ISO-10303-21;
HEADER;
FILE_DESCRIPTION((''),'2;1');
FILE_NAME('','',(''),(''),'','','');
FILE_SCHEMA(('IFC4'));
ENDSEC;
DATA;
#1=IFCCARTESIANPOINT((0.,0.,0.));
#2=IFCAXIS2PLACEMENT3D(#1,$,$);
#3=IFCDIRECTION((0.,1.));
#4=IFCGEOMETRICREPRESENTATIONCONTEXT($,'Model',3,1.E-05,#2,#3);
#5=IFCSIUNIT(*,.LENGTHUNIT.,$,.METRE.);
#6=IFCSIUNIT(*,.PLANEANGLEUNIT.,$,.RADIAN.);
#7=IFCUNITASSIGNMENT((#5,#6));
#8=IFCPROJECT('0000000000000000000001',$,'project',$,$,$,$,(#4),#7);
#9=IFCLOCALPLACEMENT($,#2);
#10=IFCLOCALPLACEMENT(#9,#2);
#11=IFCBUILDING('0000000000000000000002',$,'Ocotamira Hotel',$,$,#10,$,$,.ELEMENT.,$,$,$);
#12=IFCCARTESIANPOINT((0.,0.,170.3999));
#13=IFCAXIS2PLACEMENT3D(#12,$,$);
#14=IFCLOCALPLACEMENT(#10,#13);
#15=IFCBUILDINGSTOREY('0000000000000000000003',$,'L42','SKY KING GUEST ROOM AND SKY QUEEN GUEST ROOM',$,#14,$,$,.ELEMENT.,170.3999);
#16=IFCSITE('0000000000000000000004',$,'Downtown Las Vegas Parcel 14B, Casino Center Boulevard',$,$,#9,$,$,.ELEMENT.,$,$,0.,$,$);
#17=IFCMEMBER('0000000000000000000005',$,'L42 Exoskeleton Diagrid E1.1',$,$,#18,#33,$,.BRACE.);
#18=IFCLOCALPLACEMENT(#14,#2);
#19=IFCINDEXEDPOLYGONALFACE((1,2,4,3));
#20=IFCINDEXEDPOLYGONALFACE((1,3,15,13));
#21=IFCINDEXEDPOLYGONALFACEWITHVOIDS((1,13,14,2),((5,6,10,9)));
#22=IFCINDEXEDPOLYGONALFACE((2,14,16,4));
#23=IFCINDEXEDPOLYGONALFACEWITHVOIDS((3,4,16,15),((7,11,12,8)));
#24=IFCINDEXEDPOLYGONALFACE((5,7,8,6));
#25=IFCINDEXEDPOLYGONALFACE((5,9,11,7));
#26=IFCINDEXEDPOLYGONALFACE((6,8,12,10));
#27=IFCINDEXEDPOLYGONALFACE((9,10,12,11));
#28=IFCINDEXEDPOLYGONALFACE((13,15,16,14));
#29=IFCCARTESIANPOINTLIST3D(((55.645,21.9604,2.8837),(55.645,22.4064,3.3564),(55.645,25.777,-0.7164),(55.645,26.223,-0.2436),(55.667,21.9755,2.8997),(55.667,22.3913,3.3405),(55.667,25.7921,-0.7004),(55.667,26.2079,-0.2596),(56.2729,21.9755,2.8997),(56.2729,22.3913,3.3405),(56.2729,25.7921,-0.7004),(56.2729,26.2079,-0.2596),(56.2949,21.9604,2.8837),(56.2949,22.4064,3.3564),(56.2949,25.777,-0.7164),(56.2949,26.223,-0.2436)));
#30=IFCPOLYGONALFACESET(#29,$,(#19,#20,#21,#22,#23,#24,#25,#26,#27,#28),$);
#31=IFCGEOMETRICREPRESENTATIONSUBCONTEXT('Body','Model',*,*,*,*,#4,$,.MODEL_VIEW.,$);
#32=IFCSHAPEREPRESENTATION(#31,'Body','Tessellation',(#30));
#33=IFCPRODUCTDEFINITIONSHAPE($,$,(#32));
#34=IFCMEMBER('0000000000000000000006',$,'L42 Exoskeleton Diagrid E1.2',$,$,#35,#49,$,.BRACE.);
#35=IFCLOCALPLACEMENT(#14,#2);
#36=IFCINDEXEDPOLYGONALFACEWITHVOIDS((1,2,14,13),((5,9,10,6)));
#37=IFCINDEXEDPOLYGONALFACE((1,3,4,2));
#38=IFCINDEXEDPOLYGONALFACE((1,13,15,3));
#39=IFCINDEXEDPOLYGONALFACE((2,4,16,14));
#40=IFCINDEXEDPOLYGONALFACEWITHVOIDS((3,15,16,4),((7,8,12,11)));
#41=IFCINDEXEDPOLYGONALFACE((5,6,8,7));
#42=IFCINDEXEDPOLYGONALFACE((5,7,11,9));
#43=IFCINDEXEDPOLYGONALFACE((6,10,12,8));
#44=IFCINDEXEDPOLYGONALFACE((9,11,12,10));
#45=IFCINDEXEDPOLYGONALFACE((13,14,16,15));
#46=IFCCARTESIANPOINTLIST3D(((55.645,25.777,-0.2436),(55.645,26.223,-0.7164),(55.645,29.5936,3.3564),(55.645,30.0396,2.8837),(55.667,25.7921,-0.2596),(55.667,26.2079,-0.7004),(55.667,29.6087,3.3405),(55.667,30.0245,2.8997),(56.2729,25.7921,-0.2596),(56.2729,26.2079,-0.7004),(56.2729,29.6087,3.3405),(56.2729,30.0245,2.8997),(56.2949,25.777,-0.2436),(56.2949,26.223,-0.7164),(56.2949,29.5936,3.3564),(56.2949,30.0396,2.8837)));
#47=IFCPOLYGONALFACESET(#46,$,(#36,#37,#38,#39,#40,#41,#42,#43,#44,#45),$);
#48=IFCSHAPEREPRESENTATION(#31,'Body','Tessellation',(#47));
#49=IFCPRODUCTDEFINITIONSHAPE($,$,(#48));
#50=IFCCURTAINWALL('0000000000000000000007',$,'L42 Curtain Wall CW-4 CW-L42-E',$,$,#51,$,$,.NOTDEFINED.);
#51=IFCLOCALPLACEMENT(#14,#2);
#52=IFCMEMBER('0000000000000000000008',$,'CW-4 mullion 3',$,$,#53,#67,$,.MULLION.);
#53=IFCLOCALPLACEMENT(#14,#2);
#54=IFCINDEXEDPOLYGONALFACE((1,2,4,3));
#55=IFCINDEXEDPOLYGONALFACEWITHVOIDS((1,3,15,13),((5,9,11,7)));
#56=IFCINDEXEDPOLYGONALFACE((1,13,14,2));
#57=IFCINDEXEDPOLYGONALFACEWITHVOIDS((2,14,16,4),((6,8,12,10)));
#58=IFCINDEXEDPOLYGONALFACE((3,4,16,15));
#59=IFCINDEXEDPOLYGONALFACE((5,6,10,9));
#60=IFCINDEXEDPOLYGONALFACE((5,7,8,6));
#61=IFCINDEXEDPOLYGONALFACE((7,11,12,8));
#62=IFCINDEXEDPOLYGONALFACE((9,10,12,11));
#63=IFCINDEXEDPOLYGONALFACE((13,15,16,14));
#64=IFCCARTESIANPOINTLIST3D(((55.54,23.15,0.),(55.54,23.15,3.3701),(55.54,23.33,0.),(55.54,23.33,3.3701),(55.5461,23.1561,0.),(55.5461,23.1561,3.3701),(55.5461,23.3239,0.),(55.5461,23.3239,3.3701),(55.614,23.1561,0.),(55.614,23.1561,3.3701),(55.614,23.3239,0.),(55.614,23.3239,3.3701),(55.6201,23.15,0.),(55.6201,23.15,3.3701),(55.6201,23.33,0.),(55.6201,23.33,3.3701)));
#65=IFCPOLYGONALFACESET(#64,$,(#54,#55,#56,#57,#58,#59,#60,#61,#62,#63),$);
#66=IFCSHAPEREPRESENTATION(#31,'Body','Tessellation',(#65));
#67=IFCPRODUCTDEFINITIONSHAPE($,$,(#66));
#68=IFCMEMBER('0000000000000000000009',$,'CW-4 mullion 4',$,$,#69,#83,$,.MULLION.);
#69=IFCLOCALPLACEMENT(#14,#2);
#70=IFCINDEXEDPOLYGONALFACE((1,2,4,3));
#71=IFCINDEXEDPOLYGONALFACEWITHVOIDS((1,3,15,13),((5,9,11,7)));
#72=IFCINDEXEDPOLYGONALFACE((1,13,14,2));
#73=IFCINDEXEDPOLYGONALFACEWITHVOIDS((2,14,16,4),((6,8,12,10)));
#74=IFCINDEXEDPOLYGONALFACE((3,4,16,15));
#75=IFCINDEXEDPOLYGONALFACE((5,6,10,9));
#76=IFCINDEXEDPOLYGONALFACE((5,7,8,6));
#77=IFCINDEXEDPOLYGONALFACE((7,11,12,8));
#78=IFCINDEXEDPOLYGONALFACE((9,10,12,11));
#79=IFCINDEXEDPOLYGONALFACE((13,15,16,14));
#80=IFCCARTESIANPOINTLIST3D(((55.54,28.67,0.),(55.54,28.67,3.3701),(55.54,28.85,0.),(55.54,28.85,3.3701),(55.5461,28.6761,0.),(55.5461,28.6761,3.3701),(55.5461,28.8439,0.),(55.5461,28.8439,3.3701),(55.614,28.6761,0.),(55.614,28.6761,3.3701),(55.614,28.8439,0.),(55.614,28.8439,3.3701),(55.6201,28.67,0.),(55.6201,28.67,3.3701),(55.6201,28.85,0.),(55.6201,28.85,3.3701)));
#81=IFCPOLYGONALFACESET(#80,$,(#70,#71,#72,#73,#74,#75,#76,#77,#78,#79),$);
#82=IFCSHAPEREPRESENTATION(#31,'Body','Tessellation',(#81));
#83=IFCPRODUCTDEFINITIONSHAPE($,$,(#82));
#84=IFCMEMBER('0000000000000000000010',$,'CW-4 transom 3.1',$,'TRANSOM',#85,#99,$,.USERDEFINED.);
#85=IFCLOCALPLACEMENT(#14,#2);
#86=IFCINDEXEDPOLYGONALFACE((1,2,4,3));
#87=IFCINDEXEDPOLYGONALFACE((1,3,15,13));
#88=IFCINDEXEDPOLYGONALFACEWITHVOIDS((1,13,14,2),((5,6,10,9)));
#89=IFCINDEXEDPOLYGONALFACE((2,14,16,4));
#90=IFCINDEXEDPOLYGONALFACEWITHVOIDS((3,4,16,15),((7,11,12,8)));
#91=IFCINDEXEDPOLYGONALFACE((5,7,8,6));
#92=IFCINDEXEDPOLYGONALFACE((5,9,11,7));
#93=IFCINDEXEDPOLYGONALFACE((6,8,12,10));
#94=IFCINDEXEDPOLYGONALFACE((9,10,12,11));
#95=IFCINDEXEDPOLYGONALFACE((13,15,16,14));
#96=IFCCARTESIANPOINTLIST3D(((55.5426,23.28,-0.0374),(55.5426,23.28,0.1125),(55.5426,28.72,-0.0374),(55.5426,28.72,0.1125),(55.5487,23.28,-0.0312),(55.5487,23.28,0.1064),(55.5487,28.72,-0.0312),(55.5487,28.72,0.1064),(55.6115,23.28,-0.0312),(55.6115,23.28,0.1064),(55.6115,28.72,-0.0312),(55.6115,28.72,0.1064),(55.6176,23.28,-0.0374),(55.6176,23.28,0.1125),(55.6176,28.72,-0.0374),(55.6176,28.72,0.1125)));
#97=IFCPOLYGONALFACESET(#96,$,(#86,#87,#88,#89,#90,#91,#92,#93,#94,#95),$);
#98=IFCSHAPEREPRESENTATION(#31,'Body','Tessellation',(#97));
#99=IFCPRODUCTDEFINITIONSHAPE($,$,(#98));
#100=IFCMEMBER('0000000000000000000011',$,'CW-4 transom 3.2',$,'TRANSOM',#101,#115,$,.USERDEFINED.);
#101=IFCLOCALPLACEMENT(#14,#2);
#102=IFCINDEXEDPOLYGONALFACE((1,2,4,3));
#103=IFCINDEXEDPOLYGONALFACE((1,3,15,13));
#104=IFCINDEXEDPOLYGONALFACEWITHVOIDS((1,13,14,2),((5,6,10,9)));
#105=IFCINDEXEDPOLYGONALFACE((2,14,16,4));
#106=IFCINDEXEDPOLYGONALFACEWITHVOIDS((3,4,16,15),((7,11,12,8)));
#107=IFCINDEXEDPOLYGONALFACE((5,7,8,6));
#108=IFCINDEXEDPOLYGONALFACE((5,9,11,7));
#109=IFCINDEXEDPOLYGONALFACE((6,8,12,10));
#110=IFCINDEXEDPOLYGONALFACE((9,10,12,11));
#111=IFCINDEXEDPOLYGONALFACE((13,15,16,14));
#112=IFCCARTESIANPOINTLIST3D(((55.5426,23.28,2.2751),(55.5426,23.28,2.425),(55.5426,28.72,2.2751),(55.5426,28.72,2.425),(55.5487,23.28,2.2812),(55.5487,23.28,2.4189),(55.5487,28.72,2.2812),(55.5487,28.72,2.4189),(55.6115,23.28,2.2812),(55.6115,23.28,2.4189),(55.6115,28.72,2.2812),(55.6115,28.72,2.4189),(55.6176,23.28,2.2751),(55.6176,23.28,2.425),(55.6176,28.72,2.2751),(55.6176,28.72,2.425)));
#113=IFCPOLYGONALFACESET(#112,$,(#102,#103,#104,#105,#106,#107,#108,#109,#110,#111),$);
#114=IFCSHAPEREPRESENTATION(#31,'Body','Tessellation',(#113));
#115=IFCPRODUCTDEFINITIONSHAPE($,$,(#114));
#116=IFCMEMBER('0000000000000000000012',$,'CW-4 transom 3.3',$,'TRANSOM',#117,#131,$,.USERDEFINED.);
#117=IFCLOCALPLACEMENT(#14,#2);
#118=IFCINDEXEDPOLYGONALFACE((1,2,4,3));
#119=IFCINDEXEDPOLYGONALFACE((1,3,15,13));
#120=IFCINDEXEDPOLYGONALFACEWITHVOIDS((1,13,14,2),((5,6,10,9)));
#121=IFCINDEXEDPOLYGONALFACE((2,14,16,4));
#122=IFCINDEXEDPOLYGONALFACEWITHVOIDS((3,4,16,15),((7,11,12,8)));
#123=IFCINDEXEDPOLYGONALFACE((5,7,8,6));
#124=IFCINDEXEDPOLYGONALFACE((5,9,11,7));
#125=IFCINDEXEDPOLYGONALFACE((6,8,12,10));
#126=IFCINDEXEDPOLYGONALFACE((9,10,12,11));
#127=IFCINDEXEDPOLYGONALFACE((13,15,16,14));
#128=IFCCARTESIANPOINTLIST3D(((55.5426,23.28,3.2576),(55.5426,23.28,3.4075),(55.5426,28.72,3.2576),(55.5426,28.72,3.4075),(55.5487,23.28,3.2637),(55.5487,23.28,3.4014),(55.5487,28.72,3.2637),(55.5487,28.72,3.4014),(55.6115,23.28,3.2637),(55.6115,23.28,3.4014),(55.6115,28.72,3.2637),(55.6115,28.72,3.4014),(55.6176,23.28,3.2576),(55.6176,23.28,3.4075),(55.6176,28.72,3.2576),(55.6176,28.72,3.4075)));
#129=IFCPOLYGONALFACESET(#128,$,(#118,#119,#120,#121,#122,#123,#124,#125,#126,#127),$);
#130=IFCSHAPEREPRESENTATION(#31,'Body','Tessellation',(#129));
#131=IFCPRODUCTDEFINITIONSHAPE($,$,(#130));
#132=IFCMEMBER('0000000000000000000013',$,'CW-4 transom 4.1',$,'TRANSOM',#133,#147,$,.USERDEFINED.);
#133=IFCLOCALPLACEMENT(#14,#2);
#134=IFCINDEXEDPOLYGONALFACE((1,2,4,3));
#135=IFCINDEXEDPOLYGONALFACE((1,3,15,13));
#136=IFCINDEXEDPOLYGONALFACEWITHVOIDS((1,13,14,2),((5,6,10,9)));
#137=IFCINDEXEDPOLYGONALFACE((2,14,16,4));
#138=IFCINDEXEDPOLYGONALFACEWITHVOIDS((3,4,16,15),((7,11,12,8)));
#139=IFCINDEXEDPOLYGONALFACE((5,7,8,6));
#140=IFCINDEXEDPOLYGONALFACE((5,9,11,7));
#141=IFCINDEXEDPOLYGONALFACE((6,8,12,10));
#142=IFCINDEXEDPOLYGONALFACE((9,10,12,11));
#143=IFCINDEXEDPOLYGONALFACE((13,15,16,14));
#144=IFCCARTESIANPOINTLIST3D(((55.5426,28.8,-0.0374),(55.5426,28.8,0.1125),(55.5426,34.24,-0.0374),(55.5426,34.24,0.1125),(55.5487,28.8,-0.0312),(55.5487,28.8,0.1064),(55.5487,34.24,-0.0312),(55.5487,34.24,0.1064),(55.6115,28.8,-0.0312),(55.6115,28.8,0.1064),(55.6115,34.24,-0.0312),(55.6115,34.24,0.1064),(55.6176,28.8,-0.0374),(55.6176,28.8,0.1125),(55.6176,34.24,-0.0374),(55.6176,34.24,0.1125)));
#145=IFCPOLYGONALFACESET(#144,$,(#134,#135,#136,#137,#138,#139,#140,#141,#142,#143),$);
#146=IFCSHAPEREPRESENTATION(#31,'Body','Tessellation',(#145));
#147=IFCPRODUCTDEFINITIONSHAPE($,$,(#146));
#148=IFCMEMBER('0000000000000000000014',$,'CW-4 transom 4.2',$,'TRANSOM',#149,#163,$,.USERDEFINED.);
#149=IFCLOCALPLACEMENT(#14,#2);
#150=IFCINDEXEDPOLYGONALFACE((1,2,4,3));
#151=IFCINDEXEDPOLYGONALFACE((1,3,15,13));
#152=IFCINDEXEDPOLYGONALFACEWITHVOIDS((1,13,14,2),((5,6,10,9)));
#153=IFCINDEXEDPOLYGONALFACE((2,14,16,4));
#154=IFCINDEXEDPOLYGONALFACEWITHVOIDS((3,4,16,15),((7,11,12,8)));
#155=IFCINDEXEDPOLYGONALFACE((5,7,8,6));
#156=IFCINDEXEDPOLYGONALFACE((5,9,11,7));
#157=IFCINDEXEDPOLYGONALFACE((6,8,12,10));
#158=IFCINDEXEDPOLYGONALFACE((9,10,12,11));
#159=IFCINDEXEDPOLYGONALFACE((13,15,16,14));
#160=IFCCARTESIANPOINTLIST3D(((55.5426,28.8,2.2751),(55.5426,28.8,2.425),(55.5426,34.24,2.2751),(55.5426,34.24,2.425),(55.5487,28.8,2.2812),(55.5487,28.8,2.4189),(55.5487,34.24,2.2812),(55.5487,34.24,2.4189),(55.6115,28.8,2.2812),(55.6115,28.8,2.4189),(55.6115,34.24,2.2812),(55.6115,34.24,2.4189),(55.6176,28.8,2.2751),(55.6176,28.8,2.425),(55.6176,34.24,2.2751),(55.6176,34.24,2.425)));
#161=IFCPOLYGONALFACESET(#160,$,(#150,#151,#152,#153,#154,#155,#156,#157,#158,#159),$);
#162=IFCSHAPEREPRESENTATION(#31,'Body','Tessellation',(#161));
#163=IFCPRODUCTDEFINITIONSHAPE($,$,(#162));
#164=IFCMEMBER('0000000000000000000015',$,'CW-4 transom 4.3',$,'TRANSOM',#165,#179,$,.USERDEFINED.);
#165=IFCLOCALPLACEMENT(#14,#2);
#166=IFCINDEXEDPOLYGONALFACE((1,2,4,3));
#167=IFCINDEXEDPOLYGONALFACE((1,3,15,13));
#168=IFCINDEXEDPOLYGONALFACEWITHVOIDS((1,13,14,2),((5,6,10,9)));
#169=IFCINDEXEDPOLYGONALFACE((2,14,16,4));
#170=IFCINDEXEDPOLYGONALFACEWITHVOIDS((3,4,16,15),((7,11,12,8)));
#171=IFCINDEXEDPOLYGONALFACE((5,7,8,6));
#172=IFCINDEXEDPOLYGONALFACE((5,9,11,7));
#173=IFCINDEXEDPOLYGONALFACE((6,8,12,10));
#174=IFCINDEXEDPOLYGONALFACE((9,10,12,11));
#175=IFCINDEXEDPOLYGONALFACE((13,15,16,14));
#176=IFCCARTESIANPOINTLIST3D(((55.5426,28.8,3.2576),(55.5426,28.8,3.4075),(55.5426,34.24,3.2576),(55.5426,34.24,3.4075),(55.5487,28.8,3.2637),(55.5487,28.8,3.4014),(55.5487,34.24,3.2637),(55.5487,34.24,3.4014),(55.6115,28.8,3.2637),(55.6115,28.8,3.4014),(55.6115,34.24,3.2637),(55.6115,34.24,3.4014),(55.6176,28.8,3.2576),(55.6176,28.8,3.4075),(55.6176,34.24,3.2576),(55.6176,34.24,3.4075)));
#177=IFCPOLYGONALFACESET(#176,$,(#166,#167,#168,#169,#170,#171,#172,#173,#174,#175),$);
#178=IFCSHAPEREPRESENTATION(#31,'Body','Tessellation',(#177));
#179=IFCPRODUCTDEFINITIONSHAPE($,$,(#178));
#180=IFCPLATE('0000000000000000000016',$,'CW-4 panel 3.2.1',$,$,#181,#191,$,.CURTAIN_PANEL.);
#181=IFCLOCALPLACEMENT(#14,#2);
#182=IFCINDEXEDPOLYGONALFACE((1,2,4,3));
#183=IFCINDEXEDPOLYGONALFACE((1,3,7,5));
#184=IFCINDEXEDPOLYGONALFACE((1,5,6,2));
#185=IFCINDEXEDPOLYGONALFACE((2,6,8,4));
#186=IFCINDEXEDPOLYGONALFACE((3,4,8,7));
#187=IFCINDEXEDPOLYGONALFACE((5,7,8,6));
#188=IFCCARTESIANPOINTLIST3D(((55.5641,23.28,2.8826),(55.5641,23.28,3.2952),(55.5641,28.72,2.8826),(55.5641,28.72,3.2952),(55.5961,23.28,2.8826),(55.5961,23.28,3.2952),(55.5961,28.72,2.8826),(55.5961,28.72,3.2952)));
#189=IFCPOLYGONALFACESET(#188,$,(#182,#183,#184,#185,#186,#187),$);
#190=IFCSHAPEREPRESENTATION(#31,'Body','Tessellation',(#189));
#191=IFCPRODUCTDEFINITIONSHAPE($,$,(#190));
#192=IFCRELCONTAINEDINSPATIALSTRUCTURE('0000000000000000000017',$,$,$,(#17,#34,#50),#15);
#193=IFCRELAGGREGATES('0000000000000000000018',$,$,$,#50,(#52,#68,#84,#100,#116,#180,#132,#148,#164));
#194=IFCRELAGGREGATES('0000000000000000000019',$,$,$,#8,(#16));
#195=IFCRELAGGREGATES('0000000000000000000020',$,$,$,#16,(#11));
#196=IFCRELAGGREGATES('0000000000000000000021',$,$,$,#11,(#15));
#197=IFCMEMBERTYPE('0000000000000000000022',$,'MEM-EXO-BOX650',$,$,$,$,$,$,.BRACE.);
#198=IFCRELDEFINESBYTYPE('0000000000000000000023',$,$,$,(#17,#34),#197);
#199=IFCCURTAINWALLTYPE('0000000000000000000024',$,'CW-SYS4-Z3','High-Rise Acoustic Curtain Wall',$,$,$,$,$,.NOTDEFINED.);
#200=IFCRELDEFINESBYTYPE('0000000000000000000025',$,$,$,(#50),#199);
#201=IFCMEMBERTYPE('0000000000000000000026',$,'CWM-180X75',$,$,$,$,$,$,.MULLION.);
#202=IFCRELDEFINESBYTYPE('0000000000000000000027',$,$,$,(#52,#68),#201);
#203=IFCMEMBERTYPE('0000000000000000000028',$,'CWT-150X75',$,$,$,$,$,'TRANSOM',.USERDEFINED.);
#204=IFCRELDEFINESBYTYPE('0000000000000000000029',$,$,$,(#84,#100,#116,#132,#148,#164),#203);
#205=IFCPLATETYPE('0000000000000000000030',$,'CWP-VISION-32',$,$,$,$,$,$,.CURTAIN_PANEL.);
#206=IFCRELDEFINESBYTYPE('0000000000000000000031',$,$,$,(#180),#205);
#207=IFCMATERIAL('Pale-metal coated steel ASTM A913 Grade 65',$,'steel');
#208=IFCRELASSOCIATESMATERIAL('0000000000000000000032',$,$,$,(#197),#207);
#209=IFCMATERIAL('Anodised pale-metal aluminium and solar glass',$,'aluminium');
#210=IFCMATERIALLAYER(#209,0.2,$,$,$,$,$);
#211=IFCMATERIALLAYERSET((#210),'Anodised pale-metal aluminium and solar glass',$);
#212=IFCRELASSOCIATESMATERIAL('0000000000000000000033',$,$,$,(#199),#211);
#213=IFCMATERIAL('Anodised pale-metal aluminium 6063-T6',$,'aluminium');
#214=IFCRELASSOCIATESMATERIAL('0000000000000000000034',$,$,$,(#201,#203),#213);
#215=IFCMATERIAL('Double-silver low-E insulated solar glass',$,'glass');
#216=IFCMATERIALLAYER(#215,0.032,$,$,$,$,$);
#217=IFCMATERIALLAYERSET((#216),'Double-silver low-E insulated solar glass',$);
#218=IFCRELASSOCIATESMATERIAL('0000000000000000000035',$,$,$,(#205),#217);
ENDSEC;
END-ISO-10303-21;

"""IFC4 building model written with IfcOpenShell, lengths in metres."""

from ifc_helpers import new_model, si_unit, direction, frame, origin, origin_2d, place, context, subcontext, project, spatial, rectangle, hollow_rectangle, extrude, source, transform, mapped, material, layer, layer_set, material_profile, profile_set, type_object, element, aggregate, save


model = new_model("IFC4")

# Units and contexts
model_context = context("Model", 3, precision=1e-05, world=origin(), true_north=direction((0.0, 1.0)))
body_context = subcontext(model_context, "Body", "Model", "MODEL_VIEW")
ifc_project = project(units=[si_unit("LENGTHUNIT", "METRE"), si_unit("PLANEANGLEUNIT", "RADIAN")], contexts=[model_context])

# Site, building, storey
site_placement = place(None, origin())
site = spatial("IfcSite", under=ifc_project, at=site_placement, Name="Downtown Las Vegas Parcel 14B, Casino Center Boulevard", CompositionType="ELEMENT", RefElevation=0.0)
building_placement = place(site_placement, origin())
building = spatial("IfcBuilding", under=site, at=building_placement, Name="Ocotamira Hotel", CompositionType="ELEMENT")
storey_placement = place(building_placement, frame((0.0, 0.0, 170.3999)))
storey = spatial("IfcBuildingStorey", under=building, at=storey_placement, Name="L42", Description="SKY KING GUEST ROOM AND SKY QUEEN GUEST ROOM", CompositionType="ELEMENT", Elevation=170.3999)

# Members
ifc_material_1 = material(Name="Pale-metal coated steel ASTM A913 Grade 65", Category="steel")
ifc_material_profile_1 = material_profile(ifc_material_1, hollow_rectangle(XDim=0.6499, YDim=0.6499, WallThickness=0.022, at=origin_2d()), Name="BOX650X650X22")
ifc_profile_set_1 = profile_set([ifc_material_profile_1], Name="Pale-metal coated steel ASTM A913 Grade 65")
member_type_1 = type_object("IfcMemberType", Name="MEM-EXO-BOX650", PredefinedType="BRACE", material=ifc_profile_set_1)
shared_shape_1 = source(origin(), body_context, "Body", "SweptSolid", [
    extrude(hollow_rectangle(XDim=0.6499, YDim=0.6499, WallThickness=0.022, at=origin_2d()), origin(), (0.0, 0.0, 1.0), 5.2466),
])
for number, where, z_axis, x_axis, name in (
    (1, (55.97, 26.0, -0.48), (0.0, -0.727443, 0.686168), (1.0, 0.0, 0.0), "L42 Exoskeleton Diagrid E1.1"),
    (2, (55.97, 26.0, -0.48), (0.0, 0.727443, 0.686168), (-1.0, 0.0, 0.0), "L42 Exoskeleton Diagrid E1.2"),
):
    element("IfcMember", number, at=place(storey_placement, frame(where, z_axis=z_axis, x_axis=x_axis)), inside=storey, type_object=member_type_1, Name=name, PredefinedType="BRACE", context=body_context, shape_type="MappedRepresentation", body=[
        mapped(shared_shape_1, transform((0.0, 0.0, 0.0), scale=1.0)),
    ])

# Curtain wall, members, plate
ifc_material_2 = material(Name="Anodised pale-metal aluminium and solar glass", Category="aluminium")
ifc_layer_1 = layer(ifc_material_2, 0.2)
ifc_layer_set_1 = layer_set([ifc_layer_1], Name="Anodised pale-metal aluminium and solar glass")
curtain_wall_type = type_object("IfcCurtainWallType", Name="CW-SYS4-Z3", Description="High-Rise Acoustic Curtain Wall", PredefinedType="NOTDEFINED", material=ifc_layer_set_1)
curtain_wall_placement = place(storey_placement, origin())
curtain_wall = element("IfcCurtainWall", 3, at=curtain_wall_placement, inside=storey, type_object=curtain_wall_type, Name="L42 Curtain Wall CW-4 CW-L42-E", PredefinedType="NOTDEFINED")
ifc_material_3 = material(Name="Anodised pale-metal aluminium 6063-T6", Category="aluminium")
ifc_material_profile_2 = material_profile(ifc_material_3, hollow_rectangle(XDim=0.0801, YDim=0.1799, WallThickness=0.0061, at=origin_2d()), Name="HSS180X80X6")
ifc_profile_set_2 = profile_set([ifc_material_profile_2], Name="Anodised pale-metal aluminium 6063-T6")
member_type_2 = type_object("IfcMemberType", Name="CWM-180X75", PredefinedType="MULLION", material=ifc_profile_set_2)
shared_shape_2 = source(origin(), body_context, "Body", "SweptSolid", [
    extrude(hollow_rectangle(XDim=0.0801, YDim=0.1799, WallThickness=0.0061, at=origin_2d()), origin(), (0.0, 0.0, 1.0), 3.3701),
])
member_1_placement = place(storey_placement, frame((55.5801, 23.24, 0.0), z_axis=(0.0, 0.0, 1.0), x_axis=(-1.0, 0.0, 0.0)))
member_1 = element("IfcMember", 4, at=member_1_placement, type_object=member_type_2, Name="CW-4 mullion 3", PredefinedType="MULLION", context=body_context, shape_type="MappedRepresentation", body=[
    mapped(shared_shape_2, transform((0.0, 0.0, 0.0), scale=1.0)),
])
member_2_placement = place(storey_placement, frame((55.5801, 28.76, 0.0), z_axis=(0.0, 0.0, 1.0), x_axis=(-1.0, 0.0, 0.0)))
member_2 = element("IfcMember", 5, at=member_2_placement, type_object=member_type_2, Name="CW-4 mullion 4", PredefinedType="MULLION", context=body_context, shape_type="MappedRepresentation", body=[
    mapped(shared_shape_2, transform((0.0, 0.0, 0.0), scale=1.0)),
])
ifc_material_profile_3 = material_profile(ifc_material_3, hollow_rectangle(XDim=0.075, YDim=0.1499, WallThickness=0.0061, at=origin_2d()), Name="HSS150X75X6")
ifc_profile_set_3 = profile_set([ifc_material_profile_3], Name="Anodised pale-metal aluminium 6063-T6")
member_type_3 = type_object("IfcMemberType", Name="CWT-150X75", ElementType="TRANSOM", PredefinedType="USERDEFINED", material=ifc_profile_set_3)
shared_shape_3 = source(origin(), body_context, "Body", "SweptSolid", [
    extrude(hollow_rectangle(XDim=0.075, YDim=0.1499, WallThickness=0.0061, at=origin_2d()), origin(), (0.0, 0.0, 1.0), 5.4399),
])
member_3_placement = place(storey_placement, frame((55.5801, 23.28, 0.0376), z_axis=(0.0, 1.0, 0.0), x_axis=(-1.0, 0.0, 0.0)))
member_3 = element("IfcMember", 6, at=member_3_placement, type_object=member_type_3, Name="CW-4 transom 3.1", ObjectType="TRANSOM", PredefinedType="USERDEFINED", context=body_context, shape_type="MappedRepresentation", body=[
    mapped(shared_shape_3, transform((0.0, 0.0, 0.0), scale=1.0)),
])
member_4_placement = place(storey_placement, frame((55.5801, 23.28, 2.3501), z_axis=(0.0, 1.0, 0.0), x_axis=(-1.0, 0.0, 0.0)))
member_4 = element("IfcMember", 7, at=member_4_placement, type_object=member_type_3, Name="CW-4 transom 3.2", ObjectType="TRANSOM", PredefinedType="USERDEFINED", context=body_context, shape_type="MappedRepresentation", body=[
    mapped(shared_shape_3, transform((0.0, 0.0, 0.0), scale=1.0)),
])
member_5_placement = place(storey_placement, frame((55.5801, 23.28, 3.3325), z_axis=(0.0, 1.0, 0.0), x_axis=(-1.0, 0.0, 0.0)))
member_5 = element("IfcMember", 8, at=member_5_placement, type_object=member_type_3, Name="CW-4 transom 3.3", ObjectType="TRANSOM", PredefinedType="USERDEFINED", context=body_context, shape_type="MappedRepresentation", body=[
    mapped(shared_shape_3, transform((0.0, 0.0, 0.0), scale=1.0)),
])
member_6_placement = place(storey_placement, frame((55.5801, 28.8, 0.0376), z_axis=(0.0, 1.0, 0.0), x_axis=(-1.0, 0.0, 0.0)))
member_6 = element("IfcMember", 9, at=member_6_placement, type_object=member_type_3, Name="CW-4 transom 4.1", ObjectType="TRANSOM", PredefinedType="USERDEFINED", context=body_context, shape_type="MappedRepresentation", body=[
    mapped(shared_shape_3, transform((0.0, 0.0, 0.0), scale=1.0)),
])
member_7_placement = place(storey_placement, frame((55.5801, 28.8, 2.3501), z_axis=(0.0, 1.0, 0.0), x_axis=(-1.0, 0.0, 0.0)))
member_7 = element("IfcMember", 10, at=member_7_placement, type_object=member_type_3, Name="CW-4 transom 4.2", ObjectType="TRANSOM", PredefinedType="USERDEFINED", context=body_context, shape_type="MappedRepresentation", body=[
    mapped(shared_shape_3, transform((0.0, 0.0, 0.0), scale=1.0)),
])
member_8_placement = place(storey_placement, frame((55.5801, 28.8, 3.3325), z_axis=(0.0, 1.0, 0.0), x_axis=(-1.0, 0.0, 0.0)))
member_8 = element("IfcMember", 11, at=member_8_placement, type_object=member_type_3, Name="CW-4 transom 4.3", ObjectType="TRANSOM", PredefinedType="USERDEFINED", context=body_context, shape_type="MappedRepresentation", body=[
    mapped(shared_shape_3, transform((0.0, 0.0, 0.0), scale=1.0)),
])
ifc_material_4 = material(Name="Double-silver low-E insulated solar glass", Category="glass")
ifc_layer_2 = layer(ifc_material_4, 0.032)
ifc_layer_set_2 = layer_set([ifc_layer_2], Name="Double-silver low-E insulated solar glass")
plate_type = type_object("IfcPlateType", Name="CWP-VISION-32", PredefinedType="CURTAIN_PANEL", material=ifc_layer_set_2)
shared_shape_4 = source(origin(), body_context, "Body", "SweptSolid", [
    extrude(rectangle(XDim=5.4399, YDim=0.032, at=origin_2d()), origin(), (0.0, 0.0, 1.0), 0.4126),
])
plate_1_placement = place(storey_placement, frame((55.5801, 26.0, 2.8826), z_axis=(0.0, 0.0, 1.0), x_axis=(0.0, 1.0, 0.0)))
plate_1 = element("IfcPlate", 12, at=plate_1_placement, type_object=plate_type, Name="CW-4 panel 3.2.1", PredefinedType="CURTAIN_PANEL", context=body_context, shape_type="MappedRepresentation", body=[
    mapped(shared_shape_4, transform((0.0, 0.0, 0.0), scale=1.0)),
])
aggregate(curtain_wall, [member_1, member_2, member_3, member_4, member_5, plate_1, member_6, member_7, member_8])

save(model, "model.ifc")
